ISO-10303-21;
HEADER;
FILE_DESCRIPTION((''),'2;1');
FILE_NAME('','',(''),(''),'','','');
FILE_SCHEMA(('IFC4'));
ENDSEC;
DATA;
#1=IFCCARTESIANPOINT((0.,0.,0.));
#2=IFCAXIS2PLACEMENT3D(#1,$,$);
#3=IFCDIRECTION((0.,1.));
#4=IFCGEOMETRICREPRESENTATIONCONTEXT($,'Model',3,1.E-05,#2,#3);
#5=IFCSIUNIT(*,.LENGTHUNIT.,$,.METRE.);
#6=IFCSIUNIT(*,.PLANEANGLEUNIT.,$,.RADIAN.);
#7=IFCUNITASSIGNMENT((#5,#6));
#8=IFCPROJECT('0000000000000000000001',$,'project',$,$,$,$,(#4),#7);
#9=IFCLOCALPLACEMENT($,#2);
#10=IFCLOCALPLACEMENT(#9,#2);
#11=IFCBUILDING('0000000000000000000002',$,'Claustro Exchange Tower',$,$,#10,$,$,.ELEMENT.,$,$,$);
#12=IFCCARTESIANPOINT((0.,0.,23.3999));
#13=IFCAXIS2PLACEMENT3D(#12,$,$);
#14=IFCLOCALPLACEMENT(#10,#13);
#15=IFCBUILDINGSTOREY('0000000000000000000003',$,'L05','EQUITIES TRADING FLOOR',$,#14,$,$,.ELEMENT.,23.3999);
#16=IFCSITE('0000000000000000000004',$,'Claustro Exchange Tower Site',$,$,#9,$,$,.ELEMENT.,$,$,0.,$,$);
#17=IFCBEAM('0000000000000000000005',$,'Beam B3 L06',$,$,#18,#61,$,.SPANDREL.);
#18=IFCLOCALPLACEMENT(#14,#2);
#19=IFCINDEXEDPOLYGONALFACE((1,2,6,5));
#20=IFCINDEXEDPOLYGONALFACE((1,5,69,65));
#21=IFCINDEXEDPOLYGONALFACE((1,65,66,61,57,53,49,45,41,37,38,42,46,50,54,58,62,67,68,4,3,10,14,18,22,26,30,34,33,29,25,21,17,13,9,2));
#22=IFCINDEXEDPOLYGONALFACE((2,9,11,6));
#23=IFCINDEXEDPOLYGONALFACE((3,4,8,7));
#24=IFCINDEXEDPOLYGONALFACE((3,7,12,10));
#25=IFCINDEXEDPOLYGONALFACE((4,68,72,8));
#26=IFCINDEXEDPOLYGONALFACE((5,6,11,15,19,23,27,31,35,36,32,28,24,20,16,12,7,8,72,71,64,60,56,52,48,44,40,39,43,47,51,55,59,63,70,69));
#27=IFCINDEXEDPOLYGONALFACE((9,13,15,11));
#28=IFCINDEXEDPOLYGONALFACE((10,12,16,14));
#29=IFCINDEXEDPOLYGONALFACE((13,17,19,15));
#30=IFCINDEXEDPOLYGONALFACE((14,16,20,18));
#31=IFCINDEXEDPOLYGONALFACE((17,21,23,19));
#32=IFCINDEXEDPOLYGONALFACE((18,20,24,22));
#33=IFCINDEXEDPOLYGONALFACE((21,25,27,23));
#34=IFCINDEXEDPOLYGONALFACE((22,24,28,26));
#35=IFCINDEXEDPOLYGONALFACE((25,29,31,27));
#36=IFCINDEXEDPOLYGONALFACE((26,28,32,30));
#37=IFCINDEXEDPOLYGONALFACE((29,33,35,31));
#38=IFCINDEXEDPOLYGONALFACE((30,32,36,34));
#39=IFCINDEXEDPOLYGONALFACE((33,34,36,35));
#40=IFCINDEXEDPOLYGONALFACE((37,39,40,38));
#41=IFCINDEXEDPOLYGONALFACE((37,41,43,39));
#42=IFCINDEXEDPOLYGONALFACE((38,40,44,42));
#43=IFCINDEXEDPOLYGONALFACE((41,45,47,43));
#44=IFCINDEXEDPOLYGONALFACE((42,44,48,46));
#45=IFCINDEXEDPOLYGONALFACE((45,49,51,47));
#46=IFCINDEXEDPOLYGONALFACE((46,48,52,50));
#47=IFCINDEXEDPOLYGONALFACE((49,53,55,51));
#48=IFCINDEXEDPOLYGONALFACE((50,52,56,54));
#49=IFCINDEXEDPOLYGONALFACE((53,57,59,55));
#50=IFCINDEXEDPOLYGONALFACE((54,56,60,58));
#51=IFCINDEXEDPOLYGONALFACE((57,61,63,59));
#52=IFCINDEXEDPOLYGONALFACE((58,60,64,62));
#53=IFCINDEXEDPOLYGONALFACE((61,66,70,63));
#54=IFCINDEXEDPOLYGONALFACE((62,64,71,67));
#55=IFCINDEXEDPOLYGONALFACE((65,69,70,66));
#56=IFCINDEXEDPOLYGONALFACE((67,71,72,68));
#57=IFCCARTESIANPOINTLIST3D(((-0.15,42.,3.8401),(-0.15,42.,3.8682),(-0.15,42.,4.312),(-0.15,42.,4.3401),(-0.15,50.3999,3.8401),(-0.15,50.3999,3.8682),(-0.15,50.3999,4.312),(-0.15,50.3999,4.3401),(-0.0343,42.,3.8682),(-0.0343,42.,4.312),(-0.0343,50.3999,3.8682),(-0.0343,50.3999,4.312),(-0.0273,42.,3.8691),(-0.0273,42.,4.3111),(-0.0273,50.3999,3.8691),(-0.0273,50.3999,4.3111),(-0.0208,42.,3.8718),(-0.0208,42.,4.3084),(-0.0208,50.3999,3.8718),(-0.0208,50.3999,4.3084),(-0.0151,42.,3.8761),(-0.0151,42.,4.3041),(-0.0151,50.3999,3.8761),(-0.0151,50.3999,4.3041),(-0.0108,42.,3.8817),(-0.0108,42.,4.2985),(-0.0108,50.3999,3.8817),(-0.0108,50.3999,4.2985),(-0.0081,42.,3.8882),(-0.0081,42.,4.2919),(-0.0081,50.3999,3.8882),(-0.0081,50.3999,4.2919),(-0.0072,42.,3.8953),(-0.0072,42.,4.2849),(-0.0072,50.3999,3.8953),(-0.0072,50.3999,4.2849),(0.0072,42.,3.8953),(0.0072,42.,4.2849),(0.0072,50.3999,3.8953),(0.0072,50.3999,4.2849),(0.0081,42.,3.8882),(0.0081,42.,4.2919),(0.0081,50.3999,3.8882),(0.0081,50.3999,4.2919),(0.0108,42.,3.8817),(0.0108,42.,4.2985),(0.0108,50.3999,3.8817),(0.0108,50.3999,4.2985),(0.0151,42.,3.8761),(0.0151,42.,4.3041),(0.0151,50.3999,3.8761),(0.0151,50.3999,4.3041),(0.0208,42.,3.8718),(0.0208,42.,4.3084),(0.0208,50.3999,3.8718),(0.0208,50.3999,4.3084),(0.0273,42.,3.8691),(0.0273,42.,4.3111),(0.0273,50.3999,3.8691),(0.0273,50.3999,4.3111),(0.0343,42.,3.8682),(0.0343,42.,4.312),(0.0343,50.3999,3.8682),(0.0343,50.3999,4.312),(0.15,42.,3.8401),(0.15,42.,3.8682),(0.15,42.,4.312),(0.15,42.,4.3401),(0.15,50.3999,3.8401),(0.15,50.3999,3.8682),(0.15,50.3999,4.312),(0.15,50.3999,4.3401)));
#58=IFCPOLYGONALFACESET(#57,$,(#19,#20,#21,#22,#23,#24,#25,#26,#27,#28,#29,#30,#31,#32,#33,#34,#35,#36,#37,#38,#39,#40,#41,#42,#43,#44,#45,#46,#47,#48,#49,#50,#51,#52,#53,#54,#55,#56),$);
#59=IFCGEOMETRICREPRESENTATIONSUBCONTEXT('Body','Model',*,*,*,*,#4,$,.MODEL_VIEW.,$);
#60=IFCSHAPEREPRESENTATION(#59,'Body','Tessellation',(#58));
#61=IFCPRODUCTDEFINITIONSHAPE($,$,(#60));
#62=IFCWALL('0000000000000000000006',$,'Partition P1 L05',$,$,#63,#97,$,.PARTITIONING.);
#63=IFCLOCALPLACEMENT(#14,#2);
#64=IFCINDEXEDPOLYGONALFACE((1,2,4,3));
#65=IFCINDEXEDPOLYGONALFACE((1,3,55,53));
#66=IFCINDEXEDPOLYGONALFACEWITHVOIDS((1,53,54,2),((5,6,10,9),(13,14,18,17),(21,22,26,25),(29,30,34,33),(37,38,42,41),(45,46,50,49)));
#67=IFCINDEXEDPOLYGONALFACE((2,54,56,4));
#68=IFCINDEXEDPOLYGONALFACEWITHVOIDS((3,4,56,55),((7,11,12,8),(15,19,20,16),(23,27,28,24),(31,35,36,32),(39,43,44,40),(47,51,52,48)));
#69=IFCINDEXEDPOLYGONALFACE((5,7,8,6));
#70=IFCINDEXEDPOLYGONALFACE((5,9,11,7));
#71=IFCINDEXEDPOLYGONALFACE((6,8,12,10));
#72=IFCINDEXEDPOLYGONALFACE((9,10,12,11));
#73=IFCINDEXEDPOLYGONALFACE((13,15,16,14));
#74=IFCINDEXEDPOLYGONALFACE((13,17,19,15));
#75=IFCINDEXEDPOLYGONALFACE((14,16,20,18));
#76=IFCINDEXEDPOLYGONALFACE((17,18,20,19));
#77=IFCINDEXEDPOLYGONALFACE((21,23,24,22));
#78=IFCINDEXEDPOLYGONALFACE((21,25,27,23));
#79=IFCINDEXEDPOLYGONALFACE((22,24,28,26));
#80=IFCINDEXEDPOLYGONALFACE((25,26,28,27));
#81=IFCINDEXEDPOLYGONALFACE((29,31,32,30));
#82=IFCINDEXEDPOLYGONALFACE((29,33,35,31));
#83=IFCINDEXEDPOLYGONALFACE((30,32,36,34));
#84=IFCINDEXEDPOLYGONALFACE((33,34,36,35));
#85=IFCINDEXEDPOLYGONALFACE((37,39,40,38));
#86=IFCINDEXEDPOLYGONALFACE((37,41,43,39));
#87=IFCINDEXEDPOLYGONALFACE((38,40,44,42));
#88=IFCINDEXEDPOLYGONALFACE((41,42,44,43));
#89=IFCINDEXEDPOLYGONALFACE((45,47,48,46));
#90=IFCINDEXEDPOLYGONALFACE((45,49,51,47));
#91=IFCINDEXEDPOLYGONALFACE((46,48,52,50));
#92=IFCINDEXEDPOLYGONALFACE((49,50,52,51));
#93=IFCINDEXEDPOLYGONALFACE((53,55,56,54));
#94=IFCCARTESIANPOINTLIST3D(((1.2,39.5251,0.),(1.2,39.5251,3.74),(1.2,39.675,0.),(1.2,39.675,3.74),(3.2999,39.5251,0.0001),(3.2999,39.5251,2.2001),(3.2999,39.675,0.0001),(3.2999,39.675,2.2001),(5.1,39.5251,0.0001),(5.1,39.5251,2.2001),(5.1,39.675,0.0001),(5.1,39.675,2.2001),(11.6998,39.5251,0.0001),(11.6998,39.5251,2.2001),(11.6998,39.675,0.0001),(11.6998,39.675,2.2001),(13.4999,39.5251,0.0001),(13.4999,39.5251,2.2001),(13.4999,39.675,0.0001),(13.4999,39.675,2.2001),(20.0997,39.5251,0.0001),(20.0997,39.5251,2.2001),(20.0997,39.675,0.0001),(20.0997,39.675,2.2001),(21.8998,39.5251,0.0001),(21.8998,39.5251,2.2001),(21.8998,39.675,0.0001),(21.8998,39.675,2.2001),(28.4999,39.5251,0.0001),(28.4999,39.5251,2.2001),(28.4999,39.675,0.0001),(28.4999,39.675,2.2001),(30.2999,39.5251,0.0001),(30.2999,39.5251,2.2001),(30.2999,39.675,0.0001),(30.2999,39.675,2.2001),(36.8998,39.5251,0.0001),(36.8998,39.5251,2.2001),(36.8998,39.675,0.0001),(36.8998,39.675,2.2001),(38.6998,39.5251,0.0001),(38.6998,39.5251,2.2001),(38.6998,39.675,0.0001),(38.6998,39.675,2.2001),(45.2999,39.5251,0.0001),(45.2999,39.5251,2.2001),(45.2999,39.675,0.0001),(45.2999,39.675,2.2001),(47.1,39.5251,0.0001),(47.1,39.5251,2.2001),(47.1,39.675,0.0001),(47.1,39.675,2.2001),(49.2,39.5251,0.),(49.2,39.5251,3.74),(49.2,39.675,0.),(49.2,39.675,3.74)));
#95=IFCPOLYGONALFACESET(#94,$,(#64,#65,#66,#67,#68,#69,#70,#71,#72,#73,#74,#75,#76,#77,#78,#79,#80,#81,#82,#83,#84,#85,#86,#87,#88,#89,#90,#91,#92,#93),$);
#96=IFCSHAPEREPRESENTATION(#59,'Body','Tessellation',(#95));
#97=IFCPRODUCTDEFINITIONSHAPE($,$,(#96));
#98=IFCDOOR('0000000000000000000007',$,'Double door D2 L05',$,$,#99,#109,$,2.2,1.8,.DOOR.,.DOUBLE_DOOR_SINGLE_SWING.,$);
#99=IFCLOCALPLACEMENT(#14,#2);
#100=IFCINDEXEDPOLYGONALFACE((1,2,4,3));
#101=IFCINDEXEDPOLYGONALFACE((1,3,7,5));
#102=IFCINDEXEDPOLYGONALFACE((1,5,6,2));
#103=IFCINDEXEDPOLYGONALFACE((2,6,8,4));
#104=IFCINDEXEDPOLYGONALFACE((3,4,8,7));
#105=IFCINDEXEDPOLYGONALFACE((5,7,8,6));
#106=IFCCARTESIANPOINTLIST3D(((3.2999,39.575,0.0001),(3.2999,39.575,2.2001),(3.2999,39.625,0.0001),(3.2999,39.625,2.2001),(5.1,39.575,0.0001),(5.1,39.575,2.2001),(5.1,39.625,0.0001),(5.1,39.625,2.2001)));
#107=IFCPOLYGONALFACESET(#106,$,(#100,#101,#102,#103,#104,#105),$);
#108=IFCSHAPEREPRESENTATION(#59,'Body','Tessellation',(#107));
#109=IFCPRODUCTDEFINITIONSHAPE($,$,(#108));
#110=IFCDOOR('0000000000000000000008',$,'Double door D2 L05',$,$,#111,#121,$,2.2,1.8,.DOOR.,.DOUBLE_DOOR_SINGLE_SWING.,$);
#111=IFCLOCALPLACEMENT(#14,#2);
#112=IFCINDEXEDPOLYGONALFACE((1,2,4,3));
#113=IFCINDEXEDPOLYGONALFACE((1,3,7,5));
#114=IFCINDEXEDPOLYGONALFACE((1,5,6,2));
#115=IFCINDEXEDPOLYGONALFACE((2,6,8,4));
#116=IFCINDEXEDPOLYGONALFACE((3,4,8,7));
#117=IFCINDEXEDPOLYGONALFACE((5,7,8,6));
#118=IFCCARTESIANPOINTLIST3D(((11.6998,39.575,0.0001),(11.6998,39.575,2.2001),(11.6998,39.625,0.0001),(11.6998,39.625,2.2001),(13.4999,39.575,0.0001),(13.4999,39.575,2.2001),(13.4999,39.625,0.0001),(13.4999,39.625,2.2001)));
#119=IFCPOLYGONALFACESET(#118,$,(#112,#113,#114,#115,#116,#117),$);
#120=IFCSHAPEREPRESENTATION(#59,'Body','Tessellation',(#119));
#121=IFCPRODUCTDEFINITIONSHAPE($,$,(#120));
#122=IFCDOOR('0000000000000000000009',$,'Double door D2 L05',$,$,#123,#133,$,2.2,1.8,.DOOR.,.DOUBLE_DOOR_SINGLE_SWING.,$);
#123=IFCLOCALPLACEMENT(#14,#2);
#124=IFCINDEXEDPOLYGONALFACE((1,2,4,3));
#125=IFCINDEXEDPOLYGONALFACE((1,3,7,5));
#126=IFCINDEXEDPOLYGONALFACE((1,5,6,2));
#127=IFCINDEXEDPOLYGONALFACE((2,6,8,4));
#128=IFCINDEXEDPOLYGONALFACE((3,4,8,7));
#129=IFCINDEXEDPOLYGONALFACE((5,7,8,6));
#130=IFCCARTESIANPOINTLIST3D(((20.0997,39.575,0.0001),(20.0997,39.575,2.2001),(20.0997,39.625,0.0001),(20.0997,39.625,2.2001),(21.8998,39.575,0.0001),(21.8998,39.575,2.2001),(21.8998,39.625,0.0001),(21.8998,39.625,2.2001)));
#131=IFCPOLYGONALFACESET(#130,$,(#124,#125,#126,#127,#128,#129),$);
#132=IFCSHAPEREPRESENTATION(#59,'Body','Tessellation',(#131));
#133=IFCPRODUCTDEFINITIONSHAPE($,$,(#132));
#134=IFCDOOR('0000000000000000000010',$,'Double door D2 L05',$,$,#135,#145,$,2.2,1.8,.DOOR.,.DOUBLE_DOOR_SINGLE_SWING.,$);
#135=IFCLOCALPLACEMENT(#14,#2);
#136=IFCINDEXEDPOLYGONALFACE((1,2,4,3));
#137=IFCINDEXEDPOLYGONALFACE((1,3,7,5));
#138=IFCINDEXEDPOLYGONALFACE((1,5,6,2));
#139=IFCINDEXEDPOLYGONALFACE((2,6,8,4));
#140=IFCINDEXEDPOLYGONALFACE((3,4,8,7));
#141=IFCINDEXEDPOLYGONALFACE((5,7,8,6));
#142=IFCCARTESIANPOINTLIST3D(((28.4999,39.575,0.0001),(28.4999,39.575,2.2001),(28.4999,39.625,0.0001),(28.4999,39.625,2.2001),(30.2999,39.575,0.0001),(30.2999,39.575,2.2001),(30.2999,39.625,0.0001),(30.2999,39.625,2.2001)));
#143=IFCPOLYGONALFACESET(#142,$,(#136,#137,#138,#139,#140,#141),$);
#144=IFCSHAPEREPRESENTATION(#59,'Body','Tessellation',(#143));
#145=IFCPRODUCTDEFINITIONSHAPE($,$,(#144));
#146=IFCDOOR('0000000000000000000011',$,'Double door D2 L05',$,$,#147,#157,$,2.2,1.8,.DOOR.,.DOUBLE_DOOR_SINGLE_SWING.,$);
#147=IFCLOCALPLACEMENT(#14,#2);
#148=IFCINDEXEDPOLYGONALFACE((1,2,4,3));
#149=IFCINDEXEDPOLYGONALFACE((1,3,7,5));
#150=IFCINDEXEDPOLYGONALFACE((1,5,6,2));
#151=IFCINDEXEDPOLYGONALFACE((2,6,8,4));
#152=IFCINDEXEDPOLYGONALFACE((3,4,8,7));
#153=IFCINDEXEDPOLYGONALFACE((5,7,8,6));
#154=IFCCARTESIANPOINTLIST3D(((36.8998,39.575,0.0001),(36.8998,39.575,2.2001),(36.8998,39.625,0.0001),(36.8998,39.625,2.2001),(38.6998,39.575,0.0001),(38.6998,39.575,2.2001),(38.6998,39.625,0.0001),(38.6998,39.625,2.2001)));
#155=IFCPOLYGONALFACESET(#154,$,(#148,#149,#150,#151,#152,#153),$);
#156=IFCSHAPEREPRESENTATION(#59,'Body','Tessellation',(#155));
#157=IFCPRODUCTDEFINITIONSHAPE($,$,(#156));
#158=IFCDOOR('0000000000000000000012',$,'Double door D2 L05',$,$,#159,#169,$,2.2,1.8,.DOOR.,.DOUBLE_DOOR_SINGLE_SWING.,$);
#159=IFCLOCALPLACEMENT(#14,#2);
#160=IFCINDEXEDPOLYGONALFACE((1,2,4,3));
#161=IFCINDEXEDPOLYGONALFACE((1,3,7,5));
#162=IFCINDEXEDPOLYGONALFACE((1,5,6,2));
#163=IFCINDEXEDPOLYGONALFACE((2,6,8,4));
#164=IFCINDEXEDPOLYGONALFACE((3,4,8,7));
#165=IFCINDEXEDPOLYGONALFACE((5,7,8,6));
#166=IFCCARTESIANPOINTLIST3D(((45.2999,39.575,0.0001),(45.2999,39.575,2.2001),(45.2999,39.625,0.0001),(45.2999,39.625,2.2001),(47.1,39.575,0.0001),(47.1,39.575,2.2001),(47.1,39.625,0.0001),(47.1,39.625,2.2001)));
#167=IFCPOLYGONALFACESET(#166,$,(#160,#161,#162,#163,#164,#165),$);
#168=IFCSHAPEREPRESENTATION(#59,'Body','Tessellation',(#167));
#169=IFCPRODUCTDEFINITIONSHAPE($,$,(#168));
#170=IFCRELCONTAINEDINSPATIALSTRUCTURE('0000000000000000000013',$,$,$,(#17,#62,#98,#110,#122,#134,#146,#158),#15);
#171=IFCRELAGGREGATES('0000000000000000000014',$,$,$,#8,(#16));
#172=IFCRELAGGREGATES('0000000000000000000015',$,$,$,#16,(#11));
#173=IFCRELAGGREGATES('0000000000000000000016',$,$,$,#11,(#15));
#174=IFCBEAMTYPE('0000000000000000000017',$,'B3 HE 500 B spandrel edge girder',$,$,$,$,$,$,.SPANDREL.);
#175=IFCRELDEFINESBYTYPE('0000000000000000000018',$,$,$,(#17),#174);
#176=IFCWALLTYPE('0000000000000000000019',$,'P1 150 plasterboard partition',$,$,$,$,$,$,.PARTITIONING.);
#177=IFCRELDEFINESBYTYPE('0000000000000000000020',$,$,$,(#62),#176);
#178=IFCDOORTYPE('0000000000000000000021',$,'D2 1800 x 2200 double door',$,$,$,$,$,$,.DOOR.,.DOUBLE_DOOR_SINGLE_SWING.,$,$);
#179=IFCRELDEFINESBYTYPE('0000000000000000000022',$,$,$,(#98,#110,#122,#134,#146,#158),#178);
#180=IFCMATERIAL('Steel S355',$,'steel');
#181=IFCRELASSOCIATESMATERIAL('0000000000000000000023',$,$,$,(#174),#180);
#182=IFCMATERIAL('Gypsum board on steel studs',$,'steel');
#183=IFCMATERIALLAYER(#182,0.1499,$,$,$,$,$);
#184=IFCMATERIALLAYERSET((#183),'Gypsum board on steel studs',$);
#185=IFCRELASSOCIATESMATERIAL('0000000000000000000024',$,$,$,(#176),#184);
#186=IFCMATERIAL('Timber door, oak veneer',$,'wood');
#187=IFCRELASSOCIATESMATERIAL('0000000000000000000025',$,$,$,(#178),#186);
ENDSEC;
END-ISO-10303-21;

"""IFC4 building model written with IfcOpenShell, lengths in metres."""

from ifc_helpers import new_model, si_unit, direction, frame, frame_2d, origin, origin_2d, place, context, subcontext, project, spatial, rectangle, i_section, extrude, material, layer, layer_set, material_profile, profile_set, type_object, element, fill, save


model = new_model("IFC4")

# Units and contexts
model_context = context("Model", 3, precision=1e-05, world=origin(), true_north=direction((0.0, 1.0)))
body_context = subcontext(model_context, "Body", "Model", "MODEL_VIEW")
ifc_project = project(units=[si_unit("LENGTHUNIT", "METRE"), si_unit("PLANEANGLEUNIT", "RADIAN")], contexts=[model_context])

# Site, building, storey
site_placement = place(None, origin())
site = spatial("IfcSite", under=ifc_project, at=site_placement, Name="Claustro Exchange Tower Site", CompositionType="ELEMENT", RefElevation=0.0)
building_placement = place(site_placement, origin())
building = spatial("IfcBuilding", under=site, at=building_placement, Name="Claustro Exchange Tower", CompositionType="ELEMENT")
storey_placement = place(building_placement, frame((0.0, 0.0, 23.3999)))
storey = spatial("IfcBuildingStorey", under=building, at=storey_placement, Name="L05", Description="EQUITIES TRADING FLOOR", CompositionType="ELEMENT", Elevation=23.3999)

# Beam
ifc_material_1 = material(Name="Steel S355", Category="steel")
ifc_material_profile_1 = material_profile(ifc_material_1, i_section(OverallWidth=0.3, OverallDepth=0.5, WebThickness=0.0144, FlangeThickness=0.0281, FilletRadius=0.0271, at=origin_2d()), Name="HE 500 B")
ifc_profile_set_1 = profile_set([ifc_material_profile_1], Name="Steel S355")
beam_type_1 = type_object("IfcBeamType", Name="B3 HE 500 B spandrel edge girder", PredefinedType="SPANDREL", material=ifc_profile_set_1)
beam_1_placement = place(storey_placement, frame((0.0, 42.0, 4.0901), z_axis=(0.0, 1.0, 0.0), x_axis=(-1.0, 0.0, 0.0)))
element("IfcBeam", 1, at=beam_1_placement, inside=storey, type_object=beam_type_1, Name="Beam B3 L06", PredefinedType="SPANDREL", context=body_context, shape_type="SweptSolid", body=[
    extrude(i_section(OverallWidth=0.3, OverallDepth=0.5, WebThickness=0.0144, FlangeThickness=0.0281, FilletRadius=0.0271, at=origin_2d()), origin(), (0.0, 0.0, 1.0), 8.3999),
])

# Wall, openings, doors
ifc_material_2 = material(Name="Gypsum board on steel studs", Category="steel")
ifc_layer_1 = layer(ifc_material_2, 0.1499)
ifc_layer_set_1 = layer_set([ifc_layer_1], Name="Gypsum board on steel studs")
wall_type_1 = type_object("IfcWallType", Name="P1 150 plasterboard partition", PredefinedType="PARTITIONING", material=ifc_layer_set_1)
wall_1_placement = place(storey_placement, frame((1.2, 39.6001, 0.0), z_axis=(0.0, 0.0, 1.0), x_axis=(1.0, 0.0, 0.0)))
wall_1 = element("IfcWall", 2, at=wall_1_placement, inside=storey, type_object=wall_type_1, Name="Partition P1 L05", PredefinedType="PARTITIONING", context=body_context, shape_type="SweptSolid", body=[
    extrude(rectangle(XDim=48.0, YDim=0.1499, at=frame_2d((24.0, 0.0))), origin(), (0.0, 0.0, 1.0), 3.74),
])
opening_1_placement = place(wall_1_placement, frame((2.1001, 0.0, 0.0)))
opening_1 = element("IfcOpeningElement", 3, at=opening_1_placement, cuts=wall_1, PredefinedType="OPENING", context=body_context, shape_type="SweptSolid", body=[
    extrude(rectangle(XDim=1.8, YDim=2.2, at=frame_2d((0.8999, 1.1001))), frame((0.0, 0.085, 0.0), z_axis=(0.0, -1.0, 0.0), x_axis=(1.0, 0.0, 0.0)), (0.0, 0.0, 1.0), 0.1699),
])
opening_2_placement = place(wall_1_placement, frame((10.5, 0.0, 0.0)))
opening_2 = element("IfcOpeningElement", 4, at=opening_2_placement, cuts=wall_1, PredefinedType="OPENING", context=body_context, shape_type="SweptSolid", body=[
    extrude(rectangle(XDim=1.8, YDim=2.2, at=frame_2d((0.8999, 1.1001))), frame((0.0, 0.085, 0.0), z_axis=(0.0, -1.0, 0.0), x_axis=(1.0, 0.0, 0.0)), (0.0, 0.0, 1.0), 0.1699),
])
opening_3_placement = place(wall_1_placement, frame((18.8999, 0.0, 0.0)))
opening_3 = element("IfcOpeningElement", 5, at=opening_3_placement, cuts=wall_1, PredefinedType="OPENING", context=body_context, shape_type="SweptSolid", body=[
    extrude(rectangle(XDim=1.8, YDim=2.2, at=frame_2d((0.8999, 1.1001))), frame((0.0, 0.085, 0.0), z_axis=(0.0, -1.0, 0.0), x_axis=(1.0, 0.0, 0.0)), (0.0, 0.0, 1.0), 0.1699),
])
opening_4_placement = place(wall_1_placement, frame((27.3, 0.0, 0.0)))
opening_4 = element("IfcOpeningElement", 6, at=opening_4_placement, cuts=wall_1, PredefinedType="OPENING", context=body_context, shape_type="SweptSolid", body=[
    extrude(rectangle(XDim=1.8, YDim=2.2, at=frame_2d((0.8999, 1.1001))), frame((0.0, 0.085, 0.0), z_axis=(0.0, -1.0, 0.0), x_axis=(1.0, 0.0, 0.0)), (0.0, 0.0, 1.0), 0.1699),
])
opening_5_placement = place(wall_1_placement, frame((35.7, 0.0, 0.0)))
opening_5 = element("IfcOpeningElement", 7, at=opening_5_placement, cuts=wall_1, PredefinedType="OPENING", context=body_context, shape_type="SweptSolid", body=[
    extrude(rectangle(XDim=1.8, YDim=2.2, at=frame_2d((0.8999, 1.1001))), frame((0.0, 0.085, 0.0), z_axis=(0.0, -1.0, 0.0), x_axis=(1.0, 0.0, 0.0)), (0.0, 0.0, 1.0), 0.1699),
])
opening_6_placement = place(wall_1_placement, frame((44.1001, 0.0, 0.0)))
opening_6 = element("IfcOpeningElement", 8, at=opening_6_placement, cuts=wall_1, PredefinedType="OPENING", context=body_context, shape_type="SweptSolid", body=[
    extrude(rectangle(XDim=1.8, YDim=2.2, at=frame_2d((0.8999, 1.1001))), frame((0.0, 0.085, 0.0), z_axis=(0.0, -1.0, 0.0), x_axis=(1.0, 0.0, 0.0)), (0.0, 0.0, 1.0), 0.1699),
])
ifc_material_3 = material(Name="Timber door, oak veneer", Category="wood")
door_type = type_object("IfcDoorType", Name="D2 1800 x 2200 double door", OperationType="DOUBLE_DOOR_SINGLE_SWING", PredefinedType="DOOR", material=ifc_material_3)
door_1_placement = place(opening_1_placement, origin())
door_1 = element("IfcDoor", 9, at=door_1_placement, inside=storey, type_object=door_type, Name="Double door D2 L05", OperationType="DOUBLE_DOOR_SINGLE_SWING", OverallHeight=2.2, OverallWidth=1.8, PredefinedType="DOOR", context=body_context, shape_type="SweptSolid", body=[
    extrude(rectangle(XDim=1.8, YDim=2.2, at=frame_2d((0.8999, 1.1001))), frame((0.0, 0.0249, 0.0), z_axis=(0.0, -1.0, 0.0), x_axis=(1.0, 0.0, 0.0)), (0.0, 0.0, 1.0), 0.05),
])
fill(opening_1, door_1)
door_2_placement = place(opening_2_placement, origin())
door_2 = element("IfcDoor", 10, at=door_2_placement, inside=storey, type_object=door_type, Name="Double door D2 L05", OperationType="DOUBLE_DOOR_SINGLE_SWING", OverallHeight=2.2, OverallWidth=1.8, PredefinedType="DOOR", context=body_context, shape_type="SweptSolid", body=[
    extrude(rectangle(XDim=1.8, YDim=2.2, at=frame_2d((0.8999, 1.1001))), frame((0.0, 0.0249, 0.0), z_axis=(0.0, -1.0, 0.0), x_axis=(1.0, 0.0, 0.0)), (0.0, 0.0, 1.0), 0.05),
])
fill(opening_2, door_2)
door_3_placement = place(opening_3_placement, origin())
door_3 = element("IfcDoor", 11, at=door_3_placement, inside=storey, type_object=door_type, Name="Double door D2 L05", OperationType="DOUBLE_DOOR_SINGLE_SWING", OverallHeight=2.2, OverallWidth=1.8, PredefinedType="DOOR", context=body_context, shape_type="SweptSolid", body=[
    extrude(rectangle(XDim=1.8, YDim=2.2, at=frame_2d((0.8999, 1.1001))), frame((0.0, 0.0249, 0.0), z_axis=(0.0, -1.0, 0.0), x_axis=(1.0, 0.0, 0.0)), (0.0, 0.0, 1.0), 0.05),
])
fill(opening_3, door_3)
door_4_placement = place(opening_4_placement, origin())
door_4 = element("IfcDoor", 12, at=door_4_placement, inside=storey, type_object=door_type, Name="Double door D2 L05", OperationType="DOUBLE_DOOR_SINGLE_SWING", OverallHeight=2.2, OverallWidth=1.8, PredefinedType="DOOR", context=body_context, shape_type="SweptSolid", body=[
    extrude(rectangle(XDim=1.8, YDim=2.2, at=frame_2d((0.8999, 1.1001))), frame((0.0, 0.0249, 0.0), z_axis=(0.0, -1.0, 0.0), x_axis=(1.0, 0.0, 0.0)), (0.0, 0.0, 1.0), 0.05),
])
fill(opening_4, door_4)
door_5_placement = place(opening_5_placement, origin())
door_5 = element("IfcDoor", 13, at=door_5_placement, inside=storey, type_object=door_type, Name="Double door D2 L05", OperationType="DOUBLE_DOOR_SINGLE_SWING", OverallHeight=2.2, OverallWidth=1.8, PredefinedType="DOOR", context=body_context, shape_type="SweptSolid", body=[
    extrude(rectangle(XDim=1.8, YDim=2.2, at=frame_2d((0.8999, 1.1001))), frame((0.0, 0.0249, 0.0), z_axis=(0.0, -1.0, 0.0), x_axis=(1.0, 0.0, 0.0)), (0.0, 0.0, 1.0), 0.05),
])
fill(opening_5, door_5)
door_6_placement = place(opening_6_placement, origin())
door_6 = element("IfcDoor", 14, at=door_6_placement, inside=storey, type_object=door_type, Name="Double door D2 L05", OperationType="DOUBLE_DOOR_SINGLE_SWING", OverallHeight=2.2, OverallWidth=1.8, PredefinedType="DOOR", context=body_context, shape_type="SweptSolid", body=[
    extrude(rectangle(XDim=1.8, YDim=2.2, at=frame_2d((0.8999, 1.1001))), frame((0.0, 0.0249, 0.0), z_axis=(0.0, -1.0, 0.0), x_axis=(1.0, 0.0, 0.0)), (0.0, 0.0, 1.0), 0.05),
])
fill(opening_6, door_6)

save(model, "model.ifc")
